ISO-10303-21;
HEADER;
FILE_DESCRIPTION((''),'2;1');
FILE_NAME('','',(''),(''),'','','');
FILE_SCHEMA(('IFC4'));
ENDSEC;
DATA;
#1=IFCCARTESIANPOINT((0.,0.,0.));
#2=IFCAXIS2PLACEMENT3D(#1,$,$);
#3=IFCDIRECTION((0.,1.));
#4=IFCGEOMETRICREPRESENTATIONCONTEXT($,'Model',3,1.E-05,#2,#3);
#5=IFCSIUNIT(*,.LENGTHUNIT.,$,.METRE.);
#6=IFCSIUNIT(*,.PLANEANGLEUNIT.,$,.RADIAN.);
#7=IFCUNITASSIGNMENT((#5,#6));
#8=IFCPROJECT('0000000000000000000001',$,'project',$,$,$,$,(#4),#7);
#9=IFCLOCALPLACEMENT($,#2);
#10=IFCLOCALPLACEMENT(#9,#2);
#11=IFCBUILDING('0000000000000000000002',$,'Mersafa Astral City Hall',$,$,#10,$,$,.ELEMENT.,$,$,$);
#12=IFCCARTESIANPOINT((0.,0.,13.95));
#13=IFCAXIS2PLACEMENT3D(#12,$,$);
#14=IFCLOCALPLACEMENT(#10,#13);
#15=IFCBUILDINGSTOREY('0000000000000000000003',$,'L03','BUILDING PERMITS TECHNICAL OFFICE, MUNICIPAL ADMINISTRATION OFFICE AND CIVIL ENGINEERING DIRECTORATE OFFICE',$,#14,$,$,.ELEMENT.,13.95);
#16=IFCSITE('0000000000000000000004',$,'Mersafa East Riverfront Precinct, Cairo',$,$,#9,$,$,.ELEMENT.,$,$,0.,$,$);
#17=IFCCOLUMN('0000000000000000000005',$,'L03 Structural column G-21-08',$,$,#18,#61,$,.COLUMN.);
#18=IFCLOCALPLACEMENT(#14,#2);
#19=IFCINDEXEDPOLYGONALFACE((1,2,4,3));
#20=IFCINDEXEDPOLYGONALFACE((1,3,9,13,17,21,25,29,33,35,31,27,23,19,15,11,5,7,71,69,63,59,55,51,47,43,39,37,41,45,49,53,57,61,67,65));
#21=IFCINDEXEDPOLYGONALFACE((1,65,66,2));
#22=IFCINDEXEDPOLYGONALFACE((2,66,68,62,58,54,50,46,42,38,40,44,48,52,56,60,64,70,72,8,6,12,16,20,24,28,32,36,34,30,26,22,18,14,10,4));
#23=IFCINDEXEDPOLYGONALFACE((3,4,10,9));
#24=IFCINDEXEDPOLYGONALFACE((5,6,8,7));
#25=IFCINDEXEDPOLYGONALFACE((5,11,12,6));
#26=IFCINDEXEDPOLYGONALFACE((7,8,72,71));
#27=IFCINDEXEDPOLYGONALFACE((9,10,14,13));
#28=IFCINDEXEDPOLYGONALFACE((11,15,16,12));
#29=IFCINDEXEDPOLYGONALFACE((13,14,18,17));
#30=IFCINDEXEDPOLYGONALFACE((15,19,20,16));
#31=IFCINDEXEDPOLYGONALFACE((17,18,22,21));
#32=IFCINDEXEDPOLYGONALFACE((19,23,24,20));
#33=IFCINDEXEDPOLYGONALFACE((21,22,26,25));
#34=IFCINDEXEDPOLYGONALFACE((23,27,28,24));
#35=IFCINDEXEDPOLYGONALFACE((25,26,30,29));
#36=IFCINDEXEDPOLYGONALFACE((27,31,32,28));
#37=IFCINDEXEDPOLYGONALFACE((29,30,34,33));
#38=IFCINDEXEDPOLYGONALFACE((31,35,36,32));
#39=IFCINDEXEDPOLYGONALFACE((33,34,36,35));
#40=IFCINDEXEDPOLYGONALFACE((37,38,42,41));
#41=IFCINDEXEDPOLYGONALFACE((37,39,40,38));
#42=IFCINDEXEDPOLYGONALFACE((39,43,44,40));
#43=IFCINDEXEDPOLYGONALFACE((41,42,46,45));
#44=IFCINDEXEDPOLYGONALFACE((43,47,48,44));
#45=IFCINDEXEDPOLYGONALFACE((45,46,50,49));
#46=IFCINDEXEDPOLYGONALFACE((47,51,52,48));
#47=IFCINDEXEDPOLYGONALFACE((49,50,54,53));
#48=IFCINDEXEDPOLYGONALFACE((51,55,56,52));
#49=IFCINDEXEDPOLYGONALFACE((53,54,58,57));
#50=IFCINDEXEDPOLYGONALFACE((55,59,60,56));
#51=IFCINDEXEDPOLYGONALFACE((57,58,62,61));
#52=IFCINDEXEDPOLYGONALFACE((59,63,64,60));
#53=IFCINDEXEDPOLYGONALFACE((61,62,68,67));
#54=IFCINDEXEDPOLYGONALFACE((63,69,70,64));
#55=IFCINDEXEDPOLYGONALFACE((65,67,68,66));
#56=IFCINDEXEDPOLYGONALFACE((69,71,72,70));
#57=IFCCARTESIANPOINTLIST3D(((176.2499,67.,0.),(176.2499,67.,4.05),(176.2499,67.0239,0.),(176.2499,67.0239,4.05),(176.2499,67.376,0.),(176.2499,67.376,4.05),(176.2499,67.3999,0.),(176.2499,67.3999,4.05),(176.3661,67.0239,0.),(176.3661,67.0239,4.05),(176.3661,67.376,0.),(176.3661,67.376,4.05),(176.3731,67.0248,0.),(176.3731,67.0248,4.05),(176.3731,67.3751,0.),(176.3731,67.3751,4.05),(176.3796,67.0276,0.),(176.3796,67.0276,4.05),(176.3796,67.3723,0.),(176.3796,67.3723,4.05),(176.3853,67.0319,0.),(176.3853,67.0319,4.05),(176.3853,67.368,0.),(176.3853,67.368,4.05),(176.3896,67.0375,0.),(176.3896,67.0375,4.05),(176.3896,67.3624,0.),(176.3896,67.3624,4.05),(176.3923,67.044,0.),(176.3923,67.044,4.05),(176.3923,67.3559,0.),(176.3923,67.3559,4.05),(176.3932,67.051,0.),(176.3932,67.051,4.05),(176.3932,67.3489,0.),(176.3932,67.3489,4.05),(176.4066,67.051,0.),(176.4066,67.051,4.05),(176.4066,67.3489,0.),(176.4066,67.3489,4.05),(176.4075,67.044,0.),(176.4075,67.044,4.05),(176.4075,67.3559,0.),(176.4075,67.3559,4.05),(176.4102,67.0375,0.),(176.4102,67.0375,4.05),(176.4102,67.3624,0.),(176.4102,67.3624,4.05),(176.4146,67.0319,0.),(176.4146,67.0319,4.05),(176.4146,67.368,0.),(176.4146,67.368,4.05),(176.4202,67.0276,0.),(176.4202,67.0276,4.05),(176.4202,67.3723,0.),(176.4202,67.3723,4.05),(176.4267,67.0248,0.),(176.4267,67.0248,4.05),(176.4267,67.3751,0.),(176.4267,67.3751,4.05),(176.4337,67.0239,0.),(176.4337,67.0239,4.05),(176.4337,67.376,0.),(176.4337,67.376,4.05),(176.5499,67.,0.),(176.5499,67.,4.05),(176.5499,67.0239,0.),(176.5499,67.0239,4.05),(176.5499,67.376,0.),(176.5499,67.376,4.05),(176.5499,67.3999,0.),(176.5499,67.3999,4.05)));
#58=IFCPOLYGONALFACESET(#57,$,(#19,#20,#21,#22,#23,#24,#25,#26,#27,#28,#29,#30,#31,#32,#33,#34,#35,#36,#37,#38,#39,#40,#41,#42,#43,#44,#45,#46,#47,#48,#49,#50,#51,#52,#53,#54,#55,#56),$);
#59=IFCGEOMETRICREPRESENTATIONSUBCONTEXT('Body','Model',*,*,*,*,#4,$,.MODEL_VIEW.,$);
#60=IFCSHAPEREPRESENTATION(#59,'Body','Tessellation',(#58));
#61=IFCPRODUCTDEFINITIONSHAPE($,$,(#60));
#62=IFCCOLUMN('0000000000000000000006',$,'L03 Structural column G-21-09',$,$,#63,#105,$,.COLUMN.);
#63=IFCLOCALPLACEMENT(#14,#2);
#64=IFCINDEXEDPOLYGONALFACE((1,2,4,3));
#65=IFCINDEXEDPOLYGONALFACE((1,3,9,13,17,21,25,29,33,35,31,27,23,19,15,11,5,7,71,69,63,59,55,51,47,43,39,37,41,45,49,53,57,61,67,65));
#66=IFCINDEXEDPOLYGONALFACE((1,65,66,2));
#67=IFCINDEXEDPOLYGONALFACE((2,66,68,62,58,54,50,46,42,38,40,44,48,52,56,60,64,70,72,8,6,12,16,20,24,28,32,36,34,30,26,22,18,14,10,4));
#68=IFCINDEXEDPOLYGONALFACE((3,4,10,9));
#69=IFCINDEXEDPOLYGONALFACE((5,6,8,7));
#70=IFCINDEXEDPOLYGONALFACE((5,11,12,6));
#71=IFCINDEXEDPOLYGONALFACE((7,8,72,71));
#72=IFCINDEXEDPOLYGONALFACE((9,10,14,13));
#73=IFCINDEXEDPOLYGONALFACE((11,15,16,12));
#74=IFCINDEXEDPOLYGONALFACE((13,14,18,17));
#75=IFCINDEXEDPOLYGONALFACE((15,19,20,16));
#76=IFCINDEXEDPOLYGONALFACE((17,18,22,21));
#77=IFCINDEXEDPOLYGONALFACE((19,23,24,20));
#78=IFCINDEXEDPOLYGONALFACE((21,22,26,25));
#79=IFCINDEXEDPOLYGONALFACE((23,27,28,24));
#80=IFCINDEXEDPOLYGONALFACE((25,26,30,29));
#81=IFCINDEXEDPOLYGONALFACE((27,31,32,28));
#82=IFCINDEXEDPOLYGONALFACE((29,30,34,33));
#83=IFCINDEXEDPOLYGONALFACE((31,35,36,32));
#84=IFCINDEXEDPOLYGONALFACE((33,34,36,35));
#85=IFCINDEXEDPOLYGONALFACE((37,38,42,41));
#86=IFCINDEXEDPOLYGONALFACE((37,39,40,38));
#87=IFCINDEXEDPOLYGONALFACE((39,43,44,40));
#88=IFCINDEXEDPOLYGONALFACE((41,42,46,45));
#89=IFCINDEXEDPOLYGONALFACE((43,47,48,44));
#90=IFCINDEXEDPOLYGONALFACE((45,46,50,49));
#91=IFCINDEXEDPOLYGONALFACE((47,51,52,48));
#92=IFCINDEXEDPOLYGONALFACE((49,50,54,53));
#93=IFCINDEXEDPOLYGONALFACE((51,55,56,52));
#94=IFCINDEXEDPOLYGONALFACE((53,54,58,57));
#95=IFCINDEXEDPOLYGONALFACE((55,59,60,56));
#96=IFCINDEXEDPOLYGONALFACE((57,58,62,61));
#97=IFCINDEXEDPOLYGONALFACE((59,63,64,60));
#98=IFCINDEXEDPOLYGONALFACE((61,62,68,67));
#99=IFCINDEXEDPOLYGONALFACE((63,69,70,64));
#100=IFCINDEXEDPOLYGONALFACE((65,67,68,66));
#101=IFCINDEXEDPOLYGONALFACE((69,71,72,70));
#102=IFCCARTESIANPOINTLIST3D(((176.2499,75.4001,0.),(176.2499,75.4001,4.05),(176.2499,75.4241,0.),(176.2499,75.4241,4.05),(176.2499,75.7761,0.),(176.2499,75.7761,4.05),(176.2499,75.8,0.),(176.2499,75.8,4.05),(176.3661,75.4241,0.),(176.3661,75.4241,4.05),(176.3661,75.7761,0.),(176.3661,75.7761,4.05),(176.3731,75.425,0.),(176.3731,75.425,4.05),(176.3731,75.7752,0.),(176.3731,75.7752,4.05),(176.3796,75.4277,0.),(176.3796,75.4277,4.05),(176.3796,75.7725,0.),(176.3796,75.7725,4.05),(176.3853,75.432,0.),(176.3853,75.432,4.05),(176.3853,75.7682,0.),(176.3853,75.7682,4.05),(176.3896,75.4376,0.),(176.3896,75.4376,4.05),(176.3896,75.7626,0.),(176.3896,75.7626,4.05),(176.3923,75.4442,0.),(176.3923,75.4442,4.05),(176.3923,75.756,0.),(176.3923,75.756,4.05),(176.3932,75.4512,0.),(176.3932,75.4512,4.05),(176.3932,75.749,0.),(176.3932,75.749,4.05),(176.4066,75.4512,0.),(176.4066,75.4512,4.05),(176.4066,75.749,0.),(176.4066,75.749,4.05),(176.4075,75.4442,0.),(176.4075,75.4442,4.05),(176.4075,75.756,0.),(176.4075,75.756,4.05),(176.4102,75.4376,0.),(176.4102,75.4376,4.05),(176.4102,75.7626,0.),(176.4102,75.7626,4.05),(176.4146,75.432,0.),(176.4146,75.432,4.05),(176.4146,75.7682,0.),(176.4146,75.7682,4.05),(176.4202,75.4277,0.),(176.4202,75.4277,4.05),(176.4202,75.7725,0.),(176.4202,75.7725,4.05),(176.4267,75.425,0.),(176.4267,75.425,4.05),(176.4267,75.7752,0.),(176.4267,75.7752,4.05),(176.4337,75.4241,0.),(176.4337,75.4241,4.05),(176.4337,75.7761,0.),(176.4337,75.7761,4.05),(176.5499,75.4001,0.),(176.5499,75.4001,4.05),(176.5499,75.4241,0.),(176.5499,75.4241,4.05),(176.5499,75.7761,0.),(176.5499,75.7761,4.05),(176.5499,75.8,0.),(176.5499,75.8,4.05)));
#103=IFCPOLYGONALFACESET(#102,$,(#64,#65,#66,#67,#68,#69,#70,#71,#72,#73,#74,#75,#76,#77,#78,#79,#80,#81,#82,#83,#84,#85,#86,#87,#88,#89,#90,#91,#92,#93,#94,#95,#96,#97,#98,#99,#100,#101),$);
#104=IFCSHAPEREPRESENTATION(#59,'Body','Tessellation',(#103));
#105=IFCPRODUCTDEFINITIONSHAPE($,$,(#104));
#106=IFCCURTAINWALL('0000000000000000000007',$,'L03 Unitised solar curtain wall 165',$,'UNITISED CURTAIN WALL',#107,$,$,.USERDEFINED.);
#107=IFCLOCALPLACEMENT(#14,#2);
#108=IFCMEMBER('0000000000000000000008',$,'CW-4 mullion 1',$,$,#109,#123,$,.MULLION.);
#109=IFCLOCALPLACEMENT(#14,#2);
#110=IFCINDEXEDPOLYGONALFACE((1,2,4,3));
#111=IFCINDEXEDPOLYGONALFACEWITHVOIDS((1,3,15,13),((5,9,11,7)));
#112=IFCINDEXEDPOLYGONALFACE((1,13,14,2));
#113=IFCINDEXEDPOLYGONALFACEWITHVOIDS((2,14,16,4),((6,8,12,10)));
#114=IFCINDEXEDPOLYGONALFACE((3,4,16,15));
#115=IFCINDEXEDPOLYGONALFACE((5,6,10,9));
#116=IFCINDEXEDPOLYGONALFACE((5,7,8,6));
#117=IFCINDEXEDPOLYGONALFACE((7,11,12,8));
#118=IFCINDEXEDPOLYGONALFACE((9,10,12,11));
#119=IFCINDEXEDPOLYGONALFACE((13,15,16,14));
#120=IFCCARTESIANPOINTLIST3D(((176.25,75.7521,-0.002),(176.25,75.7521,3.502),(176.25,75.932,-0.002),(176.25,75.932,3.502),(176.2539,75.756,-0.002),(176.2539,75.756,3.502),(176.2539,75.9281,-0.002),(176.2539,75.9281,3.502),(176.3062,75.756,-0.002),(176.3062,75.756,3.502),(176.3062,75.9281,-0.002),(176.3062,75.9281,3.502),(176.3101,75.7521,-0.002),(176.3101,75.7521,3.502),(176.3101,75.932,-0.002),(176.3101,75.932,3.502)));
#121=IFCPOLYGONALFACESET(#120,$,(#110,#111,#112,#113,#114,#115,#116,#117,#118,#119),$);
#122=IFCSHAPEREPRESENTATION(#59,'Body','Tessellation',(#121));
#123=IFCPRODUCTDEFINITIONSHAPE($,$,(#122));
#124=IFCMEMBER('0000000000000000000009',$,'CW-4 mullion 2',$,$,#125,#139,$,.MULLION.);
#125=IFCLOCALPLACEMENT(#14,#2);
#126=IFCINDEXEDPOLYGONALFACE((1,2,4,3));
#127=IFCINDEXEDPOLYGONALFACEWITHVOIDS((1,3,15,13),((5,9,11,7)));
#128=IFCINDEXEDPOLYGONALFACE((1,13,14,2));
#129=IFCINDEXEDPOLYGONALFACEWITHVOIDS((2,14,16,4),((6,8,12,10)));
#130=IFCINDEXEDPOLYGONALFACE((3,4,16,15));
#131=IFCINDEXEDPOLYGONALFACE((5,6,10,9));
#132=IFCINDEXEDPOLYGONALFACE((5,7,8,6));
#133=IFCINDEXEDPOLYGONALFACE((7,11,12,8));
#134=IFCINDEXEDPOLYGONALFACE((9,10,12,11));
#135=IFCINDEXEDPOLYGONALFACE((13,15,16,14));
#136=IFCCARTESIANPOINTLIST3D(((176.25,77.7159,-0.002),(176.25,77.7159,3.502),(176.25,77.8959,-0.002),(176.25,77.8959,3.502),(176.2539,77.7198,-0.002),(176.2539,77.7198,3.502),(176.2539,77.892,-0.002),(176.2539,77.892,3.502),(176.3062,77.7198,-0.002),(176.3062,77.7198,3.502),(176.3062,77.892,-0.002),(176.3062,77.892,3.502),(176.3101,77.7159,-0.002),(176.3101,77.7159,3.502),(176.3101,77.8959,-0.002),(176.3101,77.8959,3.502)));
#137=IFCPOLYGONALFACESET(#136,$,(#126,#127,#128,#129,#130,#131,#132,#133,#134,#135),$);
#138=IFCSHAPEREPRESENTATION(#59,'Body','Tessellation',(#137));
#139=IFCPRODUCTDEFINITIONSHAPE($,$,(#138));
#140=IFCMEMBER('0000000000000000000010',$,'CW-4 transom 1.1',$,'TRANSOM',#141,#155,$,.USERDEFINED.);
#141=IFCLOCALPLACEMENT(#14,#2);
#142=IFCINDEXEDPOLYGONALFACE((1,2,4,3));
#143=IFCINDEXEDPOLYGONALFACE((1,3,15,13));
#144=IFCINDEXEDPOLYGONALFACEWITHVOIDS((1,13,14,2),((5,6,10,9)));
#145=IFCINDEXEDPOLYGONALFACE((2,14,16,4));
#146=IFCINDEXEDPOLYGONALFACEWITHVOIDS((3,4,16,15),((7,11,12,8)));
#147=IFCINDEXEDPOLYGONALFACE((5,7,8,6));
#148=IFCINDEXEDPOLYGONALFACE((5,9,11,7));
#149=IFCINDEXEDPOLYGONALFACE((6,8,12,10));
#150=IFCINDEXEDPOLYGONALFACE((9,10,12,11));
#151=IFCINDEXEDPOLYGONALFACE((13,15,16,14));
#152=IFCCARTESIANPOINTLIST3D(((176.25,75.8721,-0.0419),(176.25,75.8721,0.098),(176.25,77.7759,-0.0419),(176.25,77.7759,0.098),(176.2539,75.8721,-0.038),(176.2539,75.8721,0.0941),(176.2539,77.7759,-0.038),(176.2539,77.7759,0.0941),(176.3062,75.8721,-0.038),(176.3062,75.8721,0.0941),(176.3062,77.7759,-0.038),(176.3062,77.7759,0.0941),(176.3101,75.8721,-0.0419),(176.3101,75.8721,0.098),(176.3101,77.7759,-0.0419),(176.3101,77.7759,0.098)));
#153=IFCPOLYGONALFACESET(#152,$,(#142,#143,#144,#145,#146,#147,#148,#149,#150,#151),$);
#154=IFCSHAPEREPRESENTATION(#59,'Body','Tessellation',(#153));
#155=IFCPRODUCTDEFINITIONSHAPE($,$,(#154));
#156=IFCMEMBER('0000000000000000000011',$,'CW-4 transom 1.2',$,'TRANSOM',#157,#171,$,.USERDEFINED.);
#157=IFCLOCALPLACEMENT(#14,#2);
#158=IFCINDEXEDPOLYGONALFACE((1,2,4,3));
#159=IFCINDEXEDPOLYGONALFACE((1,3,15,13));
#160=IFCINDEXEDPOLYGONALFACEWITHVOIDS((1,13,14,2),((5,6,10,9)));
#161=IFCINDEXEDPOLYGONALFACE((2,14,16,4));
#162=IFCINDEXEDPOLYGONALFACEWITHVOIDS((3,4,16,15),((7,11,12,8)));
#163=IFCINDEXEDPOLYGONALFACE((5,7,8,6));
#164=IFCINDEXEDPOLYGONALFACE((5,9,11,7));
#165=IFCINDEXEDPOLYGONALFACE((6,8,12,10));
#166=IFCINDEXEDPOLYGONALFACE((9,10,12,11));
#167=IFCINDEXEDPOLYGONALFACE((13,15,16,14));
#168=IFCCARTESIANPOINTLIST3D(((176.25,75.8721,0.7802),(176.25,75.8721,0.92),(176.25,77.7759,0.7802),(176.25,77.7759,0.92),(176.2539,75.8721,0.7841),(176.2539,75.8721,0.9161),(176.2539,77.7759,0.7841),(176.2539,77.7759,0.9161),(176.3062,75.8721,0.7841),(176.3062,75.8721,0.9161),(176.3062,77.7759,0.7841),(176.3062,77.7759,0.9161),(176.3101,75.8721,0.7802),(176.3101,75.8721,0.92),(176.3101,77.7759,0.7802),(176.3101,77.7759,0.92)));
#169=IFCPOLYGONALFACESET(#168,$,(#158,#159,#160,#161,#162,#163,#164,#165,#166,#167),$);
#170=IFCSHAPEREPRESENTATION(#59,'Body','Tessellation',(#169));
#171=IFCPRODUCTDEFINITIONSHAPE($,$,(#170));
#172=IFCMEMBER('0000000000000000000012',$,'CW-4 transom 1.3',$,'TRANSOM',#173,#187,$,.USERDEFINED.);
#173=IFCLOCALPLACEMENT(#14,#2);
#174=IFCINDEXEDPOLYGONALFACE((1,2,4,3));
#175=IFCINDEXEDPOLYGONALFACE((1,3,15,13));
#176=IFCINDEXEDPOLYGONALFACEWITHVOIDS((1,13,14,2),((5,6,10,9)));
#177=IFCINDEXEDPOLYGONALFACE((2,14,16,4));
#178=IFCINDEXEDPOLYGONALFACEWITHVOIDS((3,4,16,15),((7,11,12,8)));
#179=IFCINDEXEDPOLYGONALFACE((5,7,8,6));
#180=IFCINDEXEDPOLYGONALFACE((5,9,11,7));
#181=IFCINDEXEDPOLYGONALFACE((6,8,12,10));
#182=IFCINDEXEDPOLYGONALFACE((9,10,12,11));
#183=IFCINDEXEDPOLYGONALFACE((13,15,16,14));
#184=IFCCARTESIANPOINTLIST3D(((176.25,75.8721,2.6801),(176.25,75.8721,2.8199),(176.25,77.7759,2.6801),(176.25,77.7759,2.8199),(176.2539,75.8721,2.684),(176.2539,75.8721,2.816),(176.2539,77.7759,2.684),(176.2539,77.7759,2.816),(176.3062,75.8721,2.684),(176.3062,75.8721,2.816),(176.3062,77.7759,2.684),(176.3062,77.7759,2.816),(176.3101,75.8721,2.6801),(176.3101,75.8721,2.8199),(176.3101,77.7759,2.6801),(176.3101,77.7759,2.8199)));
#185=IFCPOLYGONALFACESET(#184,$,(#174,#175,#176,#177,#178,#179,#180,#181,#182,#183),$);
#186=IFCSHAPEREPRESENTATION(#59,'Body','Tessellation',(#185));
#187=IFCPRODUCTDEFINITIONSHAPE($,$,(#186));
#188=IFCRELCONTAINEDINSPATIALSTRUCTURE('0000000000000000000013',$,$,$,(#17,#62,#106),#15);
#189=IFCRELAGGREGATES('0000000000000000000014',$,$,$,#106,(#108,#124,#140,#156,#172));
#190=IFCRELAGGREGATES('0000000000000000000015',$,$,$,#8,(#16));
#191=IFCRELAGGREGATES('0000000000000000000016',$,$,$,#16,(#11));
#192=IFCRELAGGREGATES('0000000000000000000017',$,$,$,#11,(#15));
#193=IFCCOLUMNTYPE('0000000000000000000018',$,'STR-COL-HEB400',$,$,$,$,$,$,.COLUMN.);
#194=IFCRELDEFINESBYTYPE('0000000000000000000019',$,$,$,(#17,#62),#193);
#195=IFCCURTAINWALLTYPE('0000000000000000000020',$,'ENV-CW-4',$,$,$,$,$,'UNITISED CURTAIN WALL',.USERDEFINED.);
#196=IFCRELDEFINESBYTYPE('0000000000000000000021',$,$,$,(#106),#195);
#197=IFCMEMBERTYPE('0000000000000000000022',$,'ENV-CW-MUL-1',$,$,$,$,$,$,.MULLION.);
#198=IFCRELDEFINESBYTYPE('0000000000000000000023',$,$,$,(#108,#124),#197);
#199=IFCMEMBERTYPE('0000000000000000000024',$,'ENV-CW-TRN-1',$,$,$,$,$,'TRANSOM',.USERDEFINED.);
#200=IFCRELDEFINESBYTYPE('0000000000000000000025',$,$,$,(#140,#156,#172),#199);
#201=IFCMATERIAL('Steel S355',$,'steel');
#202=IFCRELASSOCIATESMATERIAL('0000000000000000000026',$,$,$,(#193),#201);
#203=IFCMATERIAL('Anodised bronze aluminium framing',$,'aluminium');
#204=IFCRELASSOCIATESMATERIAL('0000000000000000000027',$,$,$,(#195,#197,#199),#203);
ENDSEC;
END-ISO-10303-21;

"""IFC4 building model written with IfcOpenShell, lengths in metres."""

from ifc_helpers import new_model, si_unit, direction, frame, origin, origin_2d, place, context, subcontext, project, spatial, hollow_rectangle, i_section, extrude, material, material_profile, profile_set, type_object, element, aggregate, save


model = new_model("IFC4")

# Units and contexts
model_context = context("Model", 3, precision=1e-05, world=origin(), true_north=direction((0.0, 1.0)))
body_context = subcontext(model_context, "Body", "Model", "MODEL_VIEW")
ifc_project = project(units=[si_unit("LENGTHUNIT", "METRE"), si_unit("PLANEANGLEUNIT", "RADIAN")], contexts=[model_context])

# Site, building, storey
site_placement = place(None, origin())
site = spatial("IfcSite", under=ifc_project, at=site_placement, Name="Mersafa East Riverfront Precinct, Cairo", CompositionType="ELEMENT", RefElevation=0.0)
building_placement = place(site_placement, origin())
building = spatial("IfcBuilding", under=site, at=building_placement, Name="Mersafa Astral City Hall", CompositionType="ELEMENT")
storey_placement = place(building_placement, frame((0.0, 0.0, 13.95)))
storey = spatial("IfcBuildingStorey", under=building, at=storey_placement, Name="L03", Description="BUILDING PERMITS TECHNICAL OFFICE, MUNICIPAL ADMINISTRATION OFFICE AND CIVIL ENGINEERING DIRECTORATE OFFICE", CompositionType="ELEMENT", Elevation=13.95)

# Columns
ifc_material_1 = material(Name="Steel S355", Category="steel")
ifc_material_profile_1 = material_profile(ifc_material_1, i_section(OverallWidth=0.3, OverallDepth=0.3999, WebThickness=0.0134, FlangeThickness=0.0239, FilletRadius=0.0271, at=origin_2d()), Name="HEB 400")
ifc_profile_set_1 = profile_set([ifc_material_profile_1], Name="Steel S355")
column_type = type_object("IfcColumnType", Name="STR-COL-HEB400", PredefinedType="COLUMN", material=ifc_profile_set_1)
for number, where, z_axis, x_axis, name in (
    (1, (176.3999, 67.2, 0.0), (0.0, 0.0, 1.0), (1.0, 0.0, 0.0), "L03 Structural column G-21-08"),
    (2, (176.3999, 75.6001, 0.0), (0.0, 0.0, 1.0), (1.0, 0.0, 0.0), "L03 Structural column G-21-09"),
):
    element("IfcColumn", number, at=place(storey_placement, frame(where, z_axis=z_axis, x_axis=x_axis)), inside=storey, type_object=column_type, Name=name, PredefinedType="COLUMN", context=body_context, shape_type="SweptSolid", body=[
        extrude(i_section(OverallWidth=0.3, OverallDepth=0.3999, WebThickness=0.0134, FlangeThickness=0.0239, FilletRadius=0.0271, at=origin_2d()), origin(), (0.0, 0.0, 1.0), 4.05),
    ])

# Curtain wall, members
ifc_material_2 = material(Name="Anodised bronze aluminium framing", Category="aluminium")
curtain_wall_type = type_object("IfcCurtainWallType", Name="ENV-CW-4", ElementType="UNITISED CURTAIN WALL", PredefinedType="USERDEFINED", material=ifc_material_2)
curtain_wall_placement = place(storey_placement, origin())
curtain_wall = element("IfcCurtainWall", 3, at=curtain_wall_placement, inside=storey, type_object=curtain_wall_type, Name="L03 Unitised solar curtain wall 165", ObjectType="UNITISED CURTAIN WALL", PredefinedType="USERDEFINED")
ifc_material_profile_2 = material_profile(ifc_material_2, hollow_rectangle(XDim=0.0601, YDim=0.1799, WallThickness=0.0039, at=origin_2d()), Name="RHS 60x180x4")
ifc_profile_set_2 = profile_set([ifc_material_profile_2], Name="Anodised bronze aluminium framing")
member_type_1 = type_object("IfcMemberType", Name="ENV-CW-MUL-1", PredefinedType="MULLION", material=ifc_profile_set_2)
member_1_placement = place(storey_placement, frame((176.28, 75.842, -0.002), z_axis=(0.0, 0.0, 1.0), x_axis=(-1.0, 0.0, 0.0)))
member_1 = element("IfcMember", 4, at=member_1_placement, type_object=member_type_1, Name="CW-4 mullion 1", PredefinedType="MULLION", context=body_context, shape_type="SweptSolid", body=[
    extrude(hollow_rectangle(XDim=0.0601, YDim=0.1799, WallThickness=0.0039, at=origin_2d()), origin(), (0.0, 0.0, 1.0), 3.5039),
])
member_2_placement = place(storey_placement, frame((176.28, 77.8059, -0.002), z_axis=(0.0, 0.0, 1.0), x_axis=(-1.0, 0.0, 0.0)))
member_2 = element("IfcMember", 5, at=member_2_placement, type_object=member_type_1, Name="CW-4 mullion 2", PredefinedType="MULLION", context=body_context, shape_type="SweptSolid", body=[
    extrude(hollow_rectangle(XDim=0.0601, YDim=0.1799, WallThickness=0.0039, at=origin_2d()), origin(), (0.0, 0.0, 1.0), 3.5039),
])
ifc_material_profile_3 = material_profile(ifc_material_2, hollow_rectangle(XDim=0.0601, YDim=0.1399, WallThickness=0.0039, at=origin_2d()), Name="RHS 60x140x4")
ifc_profile_set_3 = profile_set([ifc_material_profile_3], Name="Anodised bronze aluminium framing")
member_type_2 = type_object("IfcMemberType", Name="ENV-CW-TRN-1", ElementType="TRANSOM", PredefinedType="USERDEFINED", material=ifc_profile_set_3)
member_3_placement = place(storey_placement, frame((176.28, 75.8721, 0.0281), z_axis=(0.0, 1.0, 0.0), x_axis=(-1.0, 0.0, 0.0)))
member_3 = element("IfcMember", 6, at=member_3_placement, type_object=member_type_2, Name="CW-4 transom 1.1", ObjectType="TRANSOM", PredefinedType="USERDEFINED", context=body_context, shape_type="SweptSolid", body=[
    extrude(hollow_rectangle(XDim=0.0601, YDim=0.1399, WallThickness=0.0039, at=origin_2d()), origin(), (0.0, 0.0, 1.0), 1.9038),
])
member_4_placement = place(storey_placement, frame((176.28, 75.8721, 0.8501), z_axis=(0.0, 1.0, 0.0), x_axis=(-1.0, 0.0, 0.0)))
member_4 = element("IfcMember", 7, at=member_4_placement, type_object=member_type_2, Name="CW-4 transom 1.2", ObjectType="TRANSOM", PredefinedType="USERDEFINED", context=body_context, shape_type="SweptSolid", body=[
    extrude(hollow_rectangle(XDim=0.0601, YDim=0.1399, WallThickness=0.0039, at=origin_2d()), origin(), (0.0, 0.0, 1.0), 1.9038),
])
member_5_placement = place(storey_placement, frame((176.28, 75.8721, 2.75), z_axis=(0.0, 1.0, 0.0), x_axis=(-1.0, 0.0, 0.0)))
member_5 = element("IfcMember", 8, at=member_5_placement, type_object=member_type_2, Name="CW-4 transom 1.3", ObjectType="TRANSOM", PredefinedType="USERDEFINED", context=body_context, shape_type="SweptSolid", body=[
    extrude(hollow_rectangle(XDim=0.0601, YDim=0.1399, WallThickness=0.0039, at=origin_2d()), origin(), (0.0, 0.0, 1.0), 1.9038),
])

aggregate(curtain_wall, [member_1, member_2, member_3, member_4, member_5])

save(model, "model.ifc")
